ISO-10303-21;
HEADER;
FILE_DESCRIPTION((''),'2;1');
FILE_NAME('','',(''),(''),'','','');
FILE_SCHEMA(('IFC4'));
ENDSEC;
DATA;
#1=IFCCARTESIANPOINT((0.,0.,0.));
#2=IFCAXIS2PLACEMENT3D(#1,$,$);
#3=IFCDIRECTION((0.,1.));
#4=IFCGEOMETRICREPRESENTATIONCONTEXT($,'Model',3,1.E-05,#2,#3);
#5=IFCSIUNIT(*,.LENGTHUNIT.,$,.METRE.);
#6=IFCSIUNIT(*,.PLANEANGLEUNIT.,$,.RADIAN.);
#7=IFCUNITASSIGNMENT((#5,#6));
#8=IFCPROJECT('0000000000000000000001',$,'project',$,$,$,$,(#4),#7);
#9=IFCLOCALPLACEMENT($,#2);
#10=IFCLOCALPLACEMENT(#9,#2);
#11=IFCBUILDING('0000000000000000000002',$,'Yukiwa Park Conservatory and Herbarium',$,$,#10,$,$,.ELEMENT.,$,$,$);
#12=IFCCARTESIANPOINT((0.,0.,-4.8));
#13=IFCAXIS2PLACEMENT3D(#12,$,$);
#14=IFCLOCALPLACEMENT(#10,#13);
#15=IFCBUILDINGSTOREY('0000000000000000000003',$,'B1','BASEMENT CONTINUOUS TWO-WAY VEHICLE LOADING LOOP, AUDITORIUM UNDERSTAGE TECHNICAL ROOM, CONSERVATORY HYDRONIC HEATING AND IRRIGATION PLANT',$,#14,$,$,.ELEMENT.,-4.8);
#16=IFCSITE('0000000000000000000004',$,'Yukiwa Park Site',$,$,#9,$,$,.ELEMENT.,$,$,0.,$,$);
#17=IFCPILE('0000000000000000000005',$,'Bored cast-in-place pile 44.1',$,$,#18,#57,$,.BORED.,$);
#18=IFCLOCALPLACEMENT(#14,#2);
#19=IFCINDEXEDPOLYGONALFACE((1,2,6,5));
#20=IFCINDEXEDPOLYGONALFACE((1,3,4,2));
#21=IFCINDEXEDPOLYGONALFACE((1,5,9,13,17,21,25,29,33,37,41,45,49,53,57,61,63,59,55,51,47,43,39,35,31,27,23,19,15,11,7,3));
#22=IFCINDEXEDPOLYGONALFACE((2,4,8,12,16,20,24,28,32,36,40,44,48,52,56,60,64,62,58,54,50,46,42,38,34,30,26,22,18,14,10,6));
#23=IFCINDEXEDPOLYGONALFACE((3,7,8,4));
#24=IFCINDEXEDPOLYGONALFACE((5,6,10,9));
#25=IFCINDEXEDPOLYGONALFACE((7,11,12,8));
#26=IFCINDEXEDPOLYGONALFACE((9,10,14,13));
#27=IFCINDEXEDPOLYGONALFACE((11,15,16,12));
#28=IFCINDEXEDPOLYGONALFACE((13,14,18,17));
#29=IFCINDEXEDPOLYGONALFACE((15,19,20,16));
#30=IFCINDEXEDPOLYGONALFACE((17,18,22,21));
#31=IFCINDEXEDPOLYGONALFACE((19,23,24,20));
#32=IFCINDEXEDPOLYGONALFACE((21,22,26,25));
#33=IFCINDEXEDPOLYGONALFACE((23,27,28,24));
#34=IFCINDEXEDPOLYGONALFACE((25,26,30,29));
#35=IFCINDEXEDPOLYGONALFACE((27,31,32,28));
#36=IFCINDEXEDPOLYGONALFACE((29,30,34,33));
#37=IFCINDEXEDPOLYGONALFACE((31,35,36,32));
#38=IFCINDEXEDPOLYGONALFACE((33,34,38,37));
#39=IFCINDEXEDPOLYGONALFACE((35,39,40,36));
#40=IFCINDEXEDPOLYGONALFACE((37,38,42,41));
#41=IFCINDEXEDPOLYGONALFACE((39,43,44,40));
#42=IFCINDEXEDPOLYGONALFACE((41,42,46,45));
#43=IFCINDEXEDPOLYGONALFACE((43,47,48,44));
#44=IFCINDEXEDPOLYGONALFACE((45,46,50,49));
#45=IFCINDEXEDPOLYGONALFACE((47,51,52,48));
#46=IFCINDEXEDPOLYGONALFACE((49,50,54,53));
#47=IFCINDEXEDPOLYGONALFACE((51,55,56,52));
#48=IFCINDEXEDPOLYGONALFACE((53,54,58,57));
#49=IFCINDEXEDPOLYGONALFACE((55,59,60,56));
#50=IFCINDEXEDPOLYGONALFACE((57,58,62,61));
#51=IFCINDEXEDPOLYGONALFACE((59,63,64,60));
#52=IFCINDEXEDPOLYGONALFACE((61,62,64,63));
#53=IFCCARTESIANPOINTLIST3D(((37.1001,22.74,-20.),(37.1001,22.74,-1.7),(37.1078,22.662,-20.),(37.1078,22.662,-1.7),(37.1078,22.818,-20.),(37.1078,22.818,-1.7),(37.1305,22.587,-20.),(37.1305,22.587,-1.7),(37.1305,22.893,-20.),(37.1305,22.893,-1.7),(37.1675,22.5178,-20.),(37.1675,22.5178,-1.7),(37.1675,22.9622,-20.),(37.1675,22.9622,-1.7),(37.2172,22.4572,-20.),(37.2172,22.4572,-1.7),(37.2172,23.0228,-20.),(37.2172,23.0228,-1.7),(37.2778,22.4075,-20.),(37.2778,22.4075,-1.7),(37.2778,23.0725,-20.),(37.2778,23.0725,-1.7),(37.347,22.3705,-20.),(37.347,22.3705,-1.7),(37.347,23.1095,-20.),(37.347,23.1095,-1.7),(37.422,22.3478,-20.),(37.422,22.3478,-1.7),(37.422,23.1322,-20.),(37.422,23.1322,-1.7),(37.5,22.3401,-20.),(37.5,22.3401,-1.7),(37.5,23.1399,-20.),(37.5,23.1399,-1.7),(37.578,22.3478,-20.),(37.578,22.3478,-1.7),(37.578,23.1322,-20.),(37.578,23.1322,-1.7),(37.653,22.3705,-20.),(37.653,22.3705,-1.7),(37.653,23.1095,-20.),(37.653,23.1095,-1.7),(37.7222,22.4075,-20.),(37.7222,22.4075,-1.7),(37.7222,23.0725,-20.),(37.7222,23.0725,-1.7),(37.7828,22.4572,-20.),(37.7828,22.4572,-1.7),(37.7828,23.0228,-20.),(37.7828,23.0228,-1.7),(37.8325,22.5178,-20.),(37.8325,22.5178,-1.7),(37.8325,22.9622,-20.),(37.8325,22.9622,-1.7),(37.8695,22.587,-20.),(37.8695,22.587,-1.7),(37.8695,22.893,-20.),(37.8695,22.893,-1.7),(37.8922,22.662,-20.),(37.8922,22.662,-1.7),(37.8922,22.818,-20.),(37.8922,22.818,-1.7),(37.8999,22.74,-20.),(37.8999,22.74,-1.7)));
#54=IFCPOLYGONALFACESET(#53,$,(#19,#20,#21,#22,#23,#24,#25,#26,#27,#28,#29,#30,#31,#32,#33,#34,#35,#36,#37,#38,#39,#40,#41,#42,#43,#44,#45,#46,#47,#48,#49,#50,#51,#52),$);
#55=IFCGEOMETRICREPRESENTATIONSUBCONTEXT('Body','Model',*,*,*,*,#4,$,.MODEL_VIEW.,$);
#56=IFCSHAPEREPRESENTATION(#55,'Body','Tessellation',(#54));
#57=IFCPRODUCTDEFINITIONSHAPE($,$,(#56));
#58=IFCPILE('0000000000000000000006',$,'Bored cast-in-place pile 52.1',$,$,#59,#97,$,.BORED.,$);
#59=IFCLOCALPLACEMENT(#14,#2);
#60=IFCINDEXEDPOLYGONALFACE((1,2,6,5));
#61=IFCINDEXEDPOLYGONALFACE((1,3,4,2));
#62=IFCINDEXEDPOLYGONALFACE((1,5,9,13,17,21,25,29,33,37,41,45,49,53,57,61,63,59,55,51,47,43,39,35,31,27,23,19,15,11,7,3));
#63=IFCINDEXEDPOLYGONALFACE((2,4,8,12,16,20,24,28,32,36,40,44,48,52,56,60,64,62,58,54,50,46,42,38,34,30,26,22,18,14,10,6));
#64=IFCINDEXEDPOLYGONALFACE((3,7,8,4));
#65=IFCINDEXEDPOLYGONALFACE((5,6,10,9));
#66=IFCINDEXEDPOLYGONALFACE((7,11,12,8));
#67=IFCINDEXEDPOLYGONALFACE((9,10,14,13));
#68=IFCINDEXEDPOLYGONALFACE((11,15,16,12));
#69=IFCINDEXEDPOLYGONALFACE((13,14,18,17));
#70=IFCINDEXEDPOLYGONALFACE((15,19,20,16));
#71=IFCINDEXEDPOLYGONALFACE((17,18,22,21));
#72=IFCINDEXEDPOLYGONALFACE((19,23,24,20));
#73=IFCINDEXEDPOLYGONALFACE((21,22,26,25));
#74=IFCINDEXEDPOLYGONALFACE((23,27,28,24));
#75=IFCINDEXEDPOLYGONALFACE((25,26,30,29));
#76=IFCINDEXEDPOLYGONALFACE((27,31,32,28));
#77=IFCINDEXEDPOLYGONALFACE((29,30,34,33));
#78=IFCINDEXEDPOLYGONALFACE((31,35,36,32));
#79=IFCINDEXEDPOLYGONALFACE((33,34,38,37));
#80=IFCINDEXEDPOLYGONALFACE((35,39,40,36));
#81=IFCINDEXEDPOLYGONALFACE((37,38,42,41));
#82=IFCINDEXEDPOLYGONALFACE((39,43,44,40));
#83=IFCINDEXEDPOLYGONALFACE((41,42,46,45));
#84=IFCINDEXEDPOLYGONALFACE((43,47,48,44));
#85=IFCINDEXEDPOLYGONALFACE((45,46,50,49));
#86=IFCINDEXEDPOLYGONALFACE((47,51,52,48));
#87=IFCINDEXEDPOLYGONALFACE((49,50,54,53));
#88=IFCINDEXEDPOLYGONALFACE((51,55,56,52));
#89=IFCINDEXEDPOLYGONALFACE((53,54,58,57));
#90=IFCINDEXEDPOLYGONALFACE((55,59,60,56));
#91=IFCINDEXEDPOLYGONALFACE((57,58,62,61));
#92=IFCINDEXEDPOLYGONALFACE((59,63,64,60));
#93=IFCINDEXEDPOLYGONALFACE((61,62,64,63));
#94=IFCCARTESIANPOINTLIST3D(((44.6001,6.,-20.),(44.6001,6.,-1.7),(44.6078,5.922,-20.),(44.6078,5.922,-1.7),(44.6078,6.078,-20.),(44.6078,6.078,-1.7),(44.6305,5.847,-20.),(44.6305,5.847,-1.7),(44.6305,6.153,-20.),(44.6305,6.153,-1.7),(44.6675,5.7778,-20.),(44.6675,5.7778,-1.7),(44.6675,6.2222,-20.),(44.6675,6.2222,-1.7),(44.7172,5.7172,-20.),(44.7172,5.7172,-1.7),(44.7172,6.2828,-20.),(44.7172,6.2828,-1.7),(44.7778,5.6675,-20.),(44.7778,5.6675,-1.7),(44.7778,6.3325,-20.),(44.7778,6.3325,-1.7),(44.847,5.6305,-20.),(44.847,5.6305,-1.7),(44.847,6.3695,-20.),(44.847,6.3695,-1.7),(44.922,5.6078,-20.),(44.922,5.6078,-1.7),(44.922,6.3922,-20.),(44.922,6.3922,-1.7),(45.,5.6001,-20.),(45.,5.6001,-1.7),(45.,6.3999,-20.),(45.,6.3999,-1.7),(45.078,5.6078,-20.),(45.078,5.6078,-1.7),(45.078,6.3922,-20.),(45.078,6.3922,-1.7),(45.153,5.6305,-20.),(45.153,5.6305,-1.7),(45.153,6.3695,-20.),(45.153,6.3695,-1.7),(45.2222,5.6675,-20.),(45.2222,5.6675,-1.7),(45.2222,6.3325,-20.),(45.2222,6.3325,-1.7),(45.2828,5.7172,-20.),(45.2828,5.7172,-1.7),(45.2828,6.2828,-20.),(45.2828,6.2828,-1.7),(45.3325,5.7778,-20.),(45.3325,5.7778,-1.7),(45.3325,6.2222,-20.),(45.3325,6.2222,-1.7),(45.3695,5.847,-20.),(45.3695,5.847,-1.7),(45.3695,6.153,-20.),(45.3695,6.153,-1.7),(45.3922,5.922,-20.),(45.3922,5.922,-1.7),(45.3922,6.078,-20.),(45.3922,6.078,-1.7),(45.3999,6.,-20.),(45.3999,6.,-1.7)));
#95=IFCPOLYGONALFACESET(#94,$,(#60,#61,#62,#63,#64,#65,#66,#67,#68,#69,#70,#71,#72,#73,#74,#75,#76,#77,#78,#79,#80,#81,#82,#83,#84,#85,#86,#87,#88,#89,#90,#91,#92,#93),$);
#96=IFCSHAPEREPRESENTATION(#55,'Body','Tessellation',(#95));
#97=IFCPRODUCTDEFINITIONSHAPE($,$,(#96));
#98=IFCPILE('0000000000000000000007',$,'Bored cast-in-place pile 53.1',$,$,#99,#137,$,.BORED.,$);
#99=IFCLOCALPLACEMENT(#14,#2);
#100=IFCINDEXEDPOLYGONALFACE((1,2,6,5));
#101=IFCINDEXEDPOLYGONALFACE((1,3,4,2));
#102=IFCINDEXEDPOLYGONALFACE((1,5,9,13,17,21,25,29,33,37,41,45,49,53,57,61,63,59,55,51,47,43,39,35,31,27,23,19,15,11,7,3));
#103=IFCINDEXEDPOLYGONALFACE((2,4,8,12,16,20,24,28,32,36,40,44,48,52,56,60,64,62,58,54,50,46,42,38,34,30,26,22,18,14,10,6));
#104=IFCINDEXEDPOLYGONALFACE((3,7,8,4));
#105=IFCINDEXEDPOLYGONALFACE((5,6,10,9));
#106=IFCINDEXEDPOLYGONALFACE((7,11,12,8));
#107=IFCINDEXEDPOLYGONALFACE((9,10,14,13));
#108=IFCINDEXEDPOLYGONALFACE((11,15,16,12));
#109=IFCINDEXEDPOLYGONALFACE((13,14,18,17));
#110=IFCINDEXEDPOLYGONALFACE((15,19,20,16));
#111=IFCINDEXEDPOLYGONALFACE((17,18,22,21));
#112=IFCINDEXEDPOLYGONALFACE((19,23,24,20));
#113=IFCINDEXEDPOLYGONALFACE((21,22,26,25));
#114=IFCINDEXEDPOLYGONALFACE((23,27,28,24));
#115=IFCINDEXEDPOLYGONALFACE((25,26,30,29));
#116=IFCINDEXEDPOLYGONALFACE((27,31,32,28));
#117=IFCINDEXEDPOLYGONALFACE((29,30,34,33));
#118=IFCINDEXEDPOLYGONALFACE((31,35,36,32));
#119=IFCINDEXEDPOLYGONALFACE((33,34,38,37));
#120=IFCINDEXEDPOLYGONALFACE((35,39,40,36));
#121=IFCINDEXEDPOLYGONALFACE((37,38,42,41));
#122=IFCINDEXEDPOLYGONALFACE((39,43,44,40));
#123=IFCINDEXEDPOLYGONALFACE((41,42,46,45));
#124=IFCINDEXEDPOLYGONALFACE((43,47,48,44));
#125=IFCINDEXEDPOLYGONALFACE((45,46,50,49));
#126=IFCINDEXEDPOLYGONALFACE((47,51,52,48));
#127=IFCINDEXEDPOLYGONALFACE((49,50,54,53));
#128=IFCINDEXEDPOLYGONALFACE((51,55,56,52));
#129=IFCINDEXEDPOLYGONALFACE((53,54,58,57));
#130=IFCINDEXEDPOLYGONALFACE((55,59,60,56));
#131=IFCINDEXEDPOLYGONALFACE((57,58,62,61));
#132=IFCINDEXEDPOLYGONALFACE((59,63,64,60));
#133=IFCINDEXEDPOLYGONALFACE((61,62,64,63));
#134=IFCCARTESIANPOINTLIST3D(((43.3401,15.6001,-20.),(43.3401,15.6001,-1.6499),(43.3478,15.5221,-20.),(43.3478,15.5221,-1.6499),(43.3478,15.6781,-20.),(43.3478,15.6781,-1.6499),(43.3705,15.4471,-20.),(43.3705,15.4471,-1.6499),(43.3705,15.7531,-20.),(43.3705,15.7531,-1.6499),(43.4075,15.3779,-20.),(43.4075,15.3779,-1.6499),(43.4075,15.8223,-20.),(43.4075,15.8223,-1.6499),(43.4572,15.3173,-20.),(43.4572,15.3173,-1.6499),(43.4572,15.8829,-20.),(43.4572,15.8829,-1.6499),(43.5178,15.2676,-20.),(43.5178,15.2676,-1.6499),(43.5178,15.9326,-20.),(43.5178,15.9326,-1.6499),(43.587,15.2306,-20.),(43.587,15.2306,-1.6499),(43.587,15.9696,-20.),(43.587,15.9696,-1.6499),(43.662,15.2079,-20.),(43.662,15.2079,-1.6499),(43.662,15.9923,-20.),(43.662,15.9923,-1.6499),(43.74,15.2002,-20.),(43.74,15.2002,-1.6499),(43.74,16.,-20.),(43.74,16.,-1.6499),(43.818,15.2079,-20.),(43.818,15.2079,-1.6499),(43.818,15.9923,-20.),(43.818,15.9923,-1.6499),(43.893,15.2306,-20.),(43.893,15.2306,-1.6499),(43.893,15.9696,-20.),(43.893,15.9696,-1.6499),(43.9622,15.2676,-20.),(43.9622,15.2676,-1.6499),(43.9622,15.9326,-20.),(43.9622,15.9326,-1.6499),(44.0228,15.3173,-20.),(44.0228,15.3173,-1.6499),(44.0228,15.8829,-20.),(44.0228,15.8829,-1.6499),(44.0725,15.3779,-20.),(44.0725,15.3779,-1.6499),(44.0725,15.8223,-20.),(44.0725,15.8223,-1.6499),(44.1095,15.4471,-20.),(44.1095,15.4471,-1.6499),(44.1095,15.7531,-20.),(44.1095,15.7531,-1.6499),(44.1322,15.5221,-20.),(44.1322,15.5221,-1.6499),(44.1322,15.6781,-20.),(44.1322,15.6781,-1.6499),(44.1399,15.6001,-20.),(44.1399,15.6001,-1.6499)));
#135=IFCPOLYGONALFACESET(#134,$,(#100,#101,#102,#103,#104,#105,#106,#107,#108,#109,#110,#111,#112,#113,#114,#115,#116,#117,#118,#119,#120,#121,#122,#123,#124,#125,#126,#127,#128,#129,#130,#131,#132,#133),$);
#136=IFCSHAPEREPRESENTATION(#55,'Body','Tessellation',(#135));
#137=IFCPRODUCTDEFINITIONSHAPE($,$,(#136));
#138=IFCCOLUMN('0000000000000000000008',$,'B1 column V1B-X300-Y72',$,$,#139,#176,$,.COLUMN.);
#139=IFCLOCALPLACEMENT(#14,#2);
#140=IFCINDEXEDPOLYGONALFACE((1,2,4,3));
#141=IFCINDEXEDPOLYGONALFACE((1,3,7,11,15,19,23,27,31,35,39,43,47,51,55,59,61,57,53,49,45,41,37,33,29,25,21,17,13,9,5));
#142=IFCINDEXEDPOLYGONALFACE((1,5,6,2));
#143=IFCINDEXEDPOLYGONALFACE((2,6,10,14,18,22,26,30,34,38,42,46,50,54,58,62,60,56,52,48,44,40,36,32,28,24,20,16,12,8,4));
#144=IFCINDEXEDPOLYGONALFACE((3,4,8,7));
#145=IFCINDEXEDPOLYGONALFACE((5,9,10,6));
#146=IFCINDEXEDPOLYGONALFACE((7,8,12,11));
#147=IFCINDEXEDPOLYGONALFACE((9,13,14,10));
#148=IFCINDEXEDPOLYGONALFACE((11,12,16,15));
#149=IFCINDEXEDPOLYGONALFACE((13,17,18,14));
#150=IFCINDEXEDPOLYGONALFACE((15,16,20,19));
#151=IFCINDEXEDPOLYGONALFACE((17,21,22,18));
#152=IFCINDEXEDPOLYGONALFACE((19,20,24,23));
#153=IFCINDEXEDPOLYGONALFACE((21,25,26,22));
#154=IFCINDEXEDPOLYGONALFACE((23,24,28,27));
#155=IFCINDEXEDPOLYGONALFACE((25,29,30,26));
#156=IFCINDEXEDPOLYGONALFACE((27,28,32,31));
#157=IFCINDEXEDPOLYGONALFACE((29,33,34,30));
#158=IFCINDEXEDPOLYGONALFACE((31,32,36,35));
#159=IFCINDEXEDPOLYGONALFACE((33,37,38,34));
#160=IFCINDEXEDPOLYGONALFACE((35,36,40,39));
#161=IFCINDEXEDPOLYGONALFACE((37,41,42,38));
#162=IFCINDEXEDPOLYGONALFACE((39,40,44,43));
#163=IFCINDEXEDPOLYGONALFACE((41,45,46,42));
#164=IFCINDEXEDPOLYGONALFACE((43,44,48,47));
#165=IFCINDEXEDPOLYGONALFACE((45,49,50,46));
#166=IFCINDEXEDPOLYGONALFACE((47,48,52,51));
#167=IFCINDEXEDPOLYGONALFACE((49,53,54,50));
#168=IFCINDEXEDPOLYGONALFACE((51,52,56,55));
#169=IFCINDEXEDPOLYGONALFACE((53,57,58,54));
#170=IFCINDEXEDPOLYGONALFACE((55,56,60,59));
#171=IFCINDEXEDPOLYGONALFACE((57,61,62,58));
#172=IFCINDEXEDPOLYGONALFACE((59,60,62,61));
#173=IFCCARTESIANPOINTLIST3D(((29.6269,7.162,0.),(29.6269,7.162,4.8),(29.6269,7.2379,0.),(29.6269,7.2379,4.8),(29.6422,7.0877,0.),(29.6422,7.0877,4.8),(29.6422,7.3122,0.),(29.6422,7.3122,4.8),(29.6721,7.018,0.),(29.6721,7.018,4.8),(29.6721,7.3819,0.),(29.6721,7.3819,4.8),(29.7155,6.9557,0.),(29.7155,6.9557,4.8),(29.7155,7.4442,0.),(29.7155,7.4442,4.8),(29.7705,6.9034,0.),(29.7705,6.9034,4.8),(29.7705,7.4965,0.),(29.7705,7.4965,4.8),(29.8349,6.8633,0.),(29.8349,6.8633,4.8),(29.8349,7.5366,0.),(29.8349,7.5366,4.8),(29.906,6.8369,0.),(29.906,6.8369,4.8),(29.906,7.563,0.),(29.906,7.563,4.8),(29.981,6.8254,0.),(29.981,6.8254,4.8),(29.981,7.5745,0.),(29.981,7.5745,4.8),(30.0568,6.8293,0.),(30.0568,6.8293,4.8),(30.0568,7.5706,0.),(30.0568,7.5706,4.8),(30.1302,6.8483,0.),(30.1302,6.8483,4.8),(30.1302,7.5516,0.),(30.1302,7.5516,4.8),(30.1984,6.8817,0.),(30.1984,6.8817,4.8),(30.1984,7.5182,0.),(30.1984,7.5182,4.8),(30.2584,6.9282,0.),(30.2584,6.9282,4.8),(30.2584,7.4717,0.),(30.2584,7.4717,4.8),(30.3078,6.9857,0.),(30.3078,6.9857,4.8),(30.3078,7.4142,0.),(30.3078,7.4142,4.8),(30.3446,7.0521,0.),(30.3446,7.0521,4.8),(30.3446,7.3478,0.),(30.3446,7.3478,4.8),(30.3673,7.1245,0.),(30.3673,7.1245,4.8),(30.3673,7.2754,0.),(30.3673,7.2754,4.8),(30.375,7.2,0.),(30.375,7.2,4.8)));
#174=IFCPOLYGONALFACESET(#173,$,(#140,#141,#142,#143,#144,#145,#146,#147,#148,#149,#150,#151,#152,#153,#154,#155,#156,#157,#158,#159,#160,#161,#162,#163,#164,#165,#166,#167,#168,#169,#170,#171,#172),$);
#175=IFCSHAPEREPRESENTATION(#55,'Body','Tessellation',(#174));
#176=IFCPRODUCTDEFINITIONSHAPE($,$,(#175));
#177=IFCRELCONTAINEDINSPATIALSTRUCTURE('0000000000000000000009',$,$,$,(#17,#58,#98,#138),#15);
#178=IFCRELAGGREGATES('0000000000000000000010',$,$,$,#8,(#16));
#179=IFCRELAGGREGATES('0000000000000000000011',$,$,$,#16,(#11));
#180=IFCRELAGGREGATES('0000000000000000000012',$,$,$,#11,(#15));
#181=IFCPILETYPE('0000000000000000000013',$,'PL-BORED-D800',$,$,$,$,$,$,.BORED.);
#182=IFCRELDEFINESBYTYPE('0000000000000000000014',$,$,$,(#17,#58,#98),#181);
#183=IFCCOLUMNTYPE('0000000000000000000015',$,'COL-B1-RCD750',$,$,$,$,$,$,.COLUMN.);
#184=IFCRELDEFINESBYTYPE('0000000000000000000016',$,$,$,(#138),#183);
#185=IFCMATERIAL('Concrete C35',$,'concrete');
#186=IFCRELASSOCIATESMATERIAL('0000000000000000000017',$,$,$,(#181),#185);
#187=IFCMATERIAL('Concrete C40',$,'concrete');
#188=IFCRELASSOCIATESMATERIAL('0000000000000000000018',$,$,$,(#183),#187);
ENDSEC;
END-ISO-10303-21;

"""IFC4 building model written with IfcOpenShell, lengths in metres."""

from ifc_helpers import new_model, si_unit, direction, frame, origin, origin_2d, place, context, subcontext, project, spatial, circle, extrude, material, material_profile, profile_set, type_object, element, save


model = new_model("IFC4")

# Units and contexts
model_context = context("Model", 3, precision=1e-05, world=origin(), true_north=direction((0.0, 1.0)))
body_context = subcontext(model_context, "Body", "Model", "MODEL_VIEW")
ifc_project = project(units=[si_unit("LENGTHUNIT", "METRE"), si_unit("PLANEANGLEUNIT", "RADIAN")], contexts=[model_context])

# Site, building, storey
site_placement = place(None, origin())
site = spatial("IfcSite", under=ifc_project, at=site_placement, Name="Yukiwa Park Site", CompositionType="ELEMENT", RefElevation=0.0)
building_placement = place(site_placement, origin())
building = spatial("IfcBuilding", under=site, at=building_placement, Name="Yukiwa Park Conservatory and Herbarium", CompositionType="ELEMENT")
storey_placement = place(building_placement, frame((0.0, 0.0, -4.8)))
storey = spatial("IfcBuildingStorey", under=building, at=storey_placement, Name="B1", Description="BASEMENT CONTINUOUS TWO-WAY VEHICLE LOADING LOOP, AUDITORIUM UNDERSTAGE TECHNICAL ROOM, CONSERVATORY HYDRONIC HEATING AND IRRIGATION PLANT", CompositionType="ELEMENT", Elevation=-4.8)

# Piles
ifc_material_1 = material(Name="Concrete C35", Category="concrete")
ifc_material_profile_1 = material_profile(ifc_material_1, circle(Radius=0.3999, at=origin_2d()), Name="PILE D800")
ifc_profile_set_1 = profile_set([ifc_material_profile_1], Name="Concrete C35")
pile_type = type_object("IfcPileType", Name="PL-BORED-D800", PredefinedType="BORED", material=ifc_profile_set_1)
for number, where, z_axis, x_axis, name in (
    (1, (37.5, 22.74, -1.7), (0.0, 0.0, -1.0), (1.0, 0.0, 0.0), "Bored cast-in-place pile 44.1"),
    (2, (45.0, 6.0, -1.7), (0.0, 0.0, -1.0), (1.0, 0.0, 0.0), "Bored cast-in-place pile 52.1"),
):
    element("IfcPile", number, at=place(storey_placement, frame(where, z_axis=z_axis, x_axis=x_axis)), inside=storey, type_object=pile_type, Name=name, PredefinedType="BORED", context=body_context, shape_type="SweptSolid", body=[
        extrude(circle(Radius=0.3999, at=origin_2d()), origin(), (0.0, 0.0, 1.0), 18.3),
    ])
pile_1_placement = place(storey_placement, frame((43.74, 15.6001, -1.6499), z_axis=(0.0, 0.0, -1.0), x_axis=(1.0, 0.0, 0.0)))
element("IfcPile", 3, at=pile_1_placement, inside=storey, type_object=pile_type, Name="Bored cast-in-place pile 53.1", PredefinedType="BORED", context=body_context, shape_type="SweptSolid", body=[
    extrude(circle(Radius=0.3999, at=origin_2d()), origin(), (0.0, 0.0, 1.0), 18.3501),
])

# Column
ifc_material_2 = material(Name="Concrete C40", Category="concrete")
ifc_material_profile_2 = material_profile(ifc_material_2, circle(Radius=0.375, at=origin_2d()), Name="RC D750")
ifc_profile_set_2 = profile_set([ifc_material_profile_2], Name="Concrete C40")
column_type = type_object("IfcColumnType", Name="COL-B1-RCD750", PredefinedType="COLUMN", material=ifc_profile_set_2)
for number, where, z_axis, x_axis, name in (
    (4, (30.0, 7.2, 0.0), (0.0, 0.0, 1.0), (1.0, 0.0, 0.0), "B1 column V1B-X300-Y72"),
):
    element("IfcColumn", number, at=place(storey_placement, frame(where, z_axis=z_axis, x_axis=x_axis)), inside=storey, type_object=column_type, Name=name, PredefinedType="COLUMN", context=body_context, shape_type="SweptSolid", body=[
        extrude(circle(Radius=0.375, at=origin_2d()), origin(), (0.0, 0.0, 1.0), 4.8),
    ])

save(model, "model.ifc")
